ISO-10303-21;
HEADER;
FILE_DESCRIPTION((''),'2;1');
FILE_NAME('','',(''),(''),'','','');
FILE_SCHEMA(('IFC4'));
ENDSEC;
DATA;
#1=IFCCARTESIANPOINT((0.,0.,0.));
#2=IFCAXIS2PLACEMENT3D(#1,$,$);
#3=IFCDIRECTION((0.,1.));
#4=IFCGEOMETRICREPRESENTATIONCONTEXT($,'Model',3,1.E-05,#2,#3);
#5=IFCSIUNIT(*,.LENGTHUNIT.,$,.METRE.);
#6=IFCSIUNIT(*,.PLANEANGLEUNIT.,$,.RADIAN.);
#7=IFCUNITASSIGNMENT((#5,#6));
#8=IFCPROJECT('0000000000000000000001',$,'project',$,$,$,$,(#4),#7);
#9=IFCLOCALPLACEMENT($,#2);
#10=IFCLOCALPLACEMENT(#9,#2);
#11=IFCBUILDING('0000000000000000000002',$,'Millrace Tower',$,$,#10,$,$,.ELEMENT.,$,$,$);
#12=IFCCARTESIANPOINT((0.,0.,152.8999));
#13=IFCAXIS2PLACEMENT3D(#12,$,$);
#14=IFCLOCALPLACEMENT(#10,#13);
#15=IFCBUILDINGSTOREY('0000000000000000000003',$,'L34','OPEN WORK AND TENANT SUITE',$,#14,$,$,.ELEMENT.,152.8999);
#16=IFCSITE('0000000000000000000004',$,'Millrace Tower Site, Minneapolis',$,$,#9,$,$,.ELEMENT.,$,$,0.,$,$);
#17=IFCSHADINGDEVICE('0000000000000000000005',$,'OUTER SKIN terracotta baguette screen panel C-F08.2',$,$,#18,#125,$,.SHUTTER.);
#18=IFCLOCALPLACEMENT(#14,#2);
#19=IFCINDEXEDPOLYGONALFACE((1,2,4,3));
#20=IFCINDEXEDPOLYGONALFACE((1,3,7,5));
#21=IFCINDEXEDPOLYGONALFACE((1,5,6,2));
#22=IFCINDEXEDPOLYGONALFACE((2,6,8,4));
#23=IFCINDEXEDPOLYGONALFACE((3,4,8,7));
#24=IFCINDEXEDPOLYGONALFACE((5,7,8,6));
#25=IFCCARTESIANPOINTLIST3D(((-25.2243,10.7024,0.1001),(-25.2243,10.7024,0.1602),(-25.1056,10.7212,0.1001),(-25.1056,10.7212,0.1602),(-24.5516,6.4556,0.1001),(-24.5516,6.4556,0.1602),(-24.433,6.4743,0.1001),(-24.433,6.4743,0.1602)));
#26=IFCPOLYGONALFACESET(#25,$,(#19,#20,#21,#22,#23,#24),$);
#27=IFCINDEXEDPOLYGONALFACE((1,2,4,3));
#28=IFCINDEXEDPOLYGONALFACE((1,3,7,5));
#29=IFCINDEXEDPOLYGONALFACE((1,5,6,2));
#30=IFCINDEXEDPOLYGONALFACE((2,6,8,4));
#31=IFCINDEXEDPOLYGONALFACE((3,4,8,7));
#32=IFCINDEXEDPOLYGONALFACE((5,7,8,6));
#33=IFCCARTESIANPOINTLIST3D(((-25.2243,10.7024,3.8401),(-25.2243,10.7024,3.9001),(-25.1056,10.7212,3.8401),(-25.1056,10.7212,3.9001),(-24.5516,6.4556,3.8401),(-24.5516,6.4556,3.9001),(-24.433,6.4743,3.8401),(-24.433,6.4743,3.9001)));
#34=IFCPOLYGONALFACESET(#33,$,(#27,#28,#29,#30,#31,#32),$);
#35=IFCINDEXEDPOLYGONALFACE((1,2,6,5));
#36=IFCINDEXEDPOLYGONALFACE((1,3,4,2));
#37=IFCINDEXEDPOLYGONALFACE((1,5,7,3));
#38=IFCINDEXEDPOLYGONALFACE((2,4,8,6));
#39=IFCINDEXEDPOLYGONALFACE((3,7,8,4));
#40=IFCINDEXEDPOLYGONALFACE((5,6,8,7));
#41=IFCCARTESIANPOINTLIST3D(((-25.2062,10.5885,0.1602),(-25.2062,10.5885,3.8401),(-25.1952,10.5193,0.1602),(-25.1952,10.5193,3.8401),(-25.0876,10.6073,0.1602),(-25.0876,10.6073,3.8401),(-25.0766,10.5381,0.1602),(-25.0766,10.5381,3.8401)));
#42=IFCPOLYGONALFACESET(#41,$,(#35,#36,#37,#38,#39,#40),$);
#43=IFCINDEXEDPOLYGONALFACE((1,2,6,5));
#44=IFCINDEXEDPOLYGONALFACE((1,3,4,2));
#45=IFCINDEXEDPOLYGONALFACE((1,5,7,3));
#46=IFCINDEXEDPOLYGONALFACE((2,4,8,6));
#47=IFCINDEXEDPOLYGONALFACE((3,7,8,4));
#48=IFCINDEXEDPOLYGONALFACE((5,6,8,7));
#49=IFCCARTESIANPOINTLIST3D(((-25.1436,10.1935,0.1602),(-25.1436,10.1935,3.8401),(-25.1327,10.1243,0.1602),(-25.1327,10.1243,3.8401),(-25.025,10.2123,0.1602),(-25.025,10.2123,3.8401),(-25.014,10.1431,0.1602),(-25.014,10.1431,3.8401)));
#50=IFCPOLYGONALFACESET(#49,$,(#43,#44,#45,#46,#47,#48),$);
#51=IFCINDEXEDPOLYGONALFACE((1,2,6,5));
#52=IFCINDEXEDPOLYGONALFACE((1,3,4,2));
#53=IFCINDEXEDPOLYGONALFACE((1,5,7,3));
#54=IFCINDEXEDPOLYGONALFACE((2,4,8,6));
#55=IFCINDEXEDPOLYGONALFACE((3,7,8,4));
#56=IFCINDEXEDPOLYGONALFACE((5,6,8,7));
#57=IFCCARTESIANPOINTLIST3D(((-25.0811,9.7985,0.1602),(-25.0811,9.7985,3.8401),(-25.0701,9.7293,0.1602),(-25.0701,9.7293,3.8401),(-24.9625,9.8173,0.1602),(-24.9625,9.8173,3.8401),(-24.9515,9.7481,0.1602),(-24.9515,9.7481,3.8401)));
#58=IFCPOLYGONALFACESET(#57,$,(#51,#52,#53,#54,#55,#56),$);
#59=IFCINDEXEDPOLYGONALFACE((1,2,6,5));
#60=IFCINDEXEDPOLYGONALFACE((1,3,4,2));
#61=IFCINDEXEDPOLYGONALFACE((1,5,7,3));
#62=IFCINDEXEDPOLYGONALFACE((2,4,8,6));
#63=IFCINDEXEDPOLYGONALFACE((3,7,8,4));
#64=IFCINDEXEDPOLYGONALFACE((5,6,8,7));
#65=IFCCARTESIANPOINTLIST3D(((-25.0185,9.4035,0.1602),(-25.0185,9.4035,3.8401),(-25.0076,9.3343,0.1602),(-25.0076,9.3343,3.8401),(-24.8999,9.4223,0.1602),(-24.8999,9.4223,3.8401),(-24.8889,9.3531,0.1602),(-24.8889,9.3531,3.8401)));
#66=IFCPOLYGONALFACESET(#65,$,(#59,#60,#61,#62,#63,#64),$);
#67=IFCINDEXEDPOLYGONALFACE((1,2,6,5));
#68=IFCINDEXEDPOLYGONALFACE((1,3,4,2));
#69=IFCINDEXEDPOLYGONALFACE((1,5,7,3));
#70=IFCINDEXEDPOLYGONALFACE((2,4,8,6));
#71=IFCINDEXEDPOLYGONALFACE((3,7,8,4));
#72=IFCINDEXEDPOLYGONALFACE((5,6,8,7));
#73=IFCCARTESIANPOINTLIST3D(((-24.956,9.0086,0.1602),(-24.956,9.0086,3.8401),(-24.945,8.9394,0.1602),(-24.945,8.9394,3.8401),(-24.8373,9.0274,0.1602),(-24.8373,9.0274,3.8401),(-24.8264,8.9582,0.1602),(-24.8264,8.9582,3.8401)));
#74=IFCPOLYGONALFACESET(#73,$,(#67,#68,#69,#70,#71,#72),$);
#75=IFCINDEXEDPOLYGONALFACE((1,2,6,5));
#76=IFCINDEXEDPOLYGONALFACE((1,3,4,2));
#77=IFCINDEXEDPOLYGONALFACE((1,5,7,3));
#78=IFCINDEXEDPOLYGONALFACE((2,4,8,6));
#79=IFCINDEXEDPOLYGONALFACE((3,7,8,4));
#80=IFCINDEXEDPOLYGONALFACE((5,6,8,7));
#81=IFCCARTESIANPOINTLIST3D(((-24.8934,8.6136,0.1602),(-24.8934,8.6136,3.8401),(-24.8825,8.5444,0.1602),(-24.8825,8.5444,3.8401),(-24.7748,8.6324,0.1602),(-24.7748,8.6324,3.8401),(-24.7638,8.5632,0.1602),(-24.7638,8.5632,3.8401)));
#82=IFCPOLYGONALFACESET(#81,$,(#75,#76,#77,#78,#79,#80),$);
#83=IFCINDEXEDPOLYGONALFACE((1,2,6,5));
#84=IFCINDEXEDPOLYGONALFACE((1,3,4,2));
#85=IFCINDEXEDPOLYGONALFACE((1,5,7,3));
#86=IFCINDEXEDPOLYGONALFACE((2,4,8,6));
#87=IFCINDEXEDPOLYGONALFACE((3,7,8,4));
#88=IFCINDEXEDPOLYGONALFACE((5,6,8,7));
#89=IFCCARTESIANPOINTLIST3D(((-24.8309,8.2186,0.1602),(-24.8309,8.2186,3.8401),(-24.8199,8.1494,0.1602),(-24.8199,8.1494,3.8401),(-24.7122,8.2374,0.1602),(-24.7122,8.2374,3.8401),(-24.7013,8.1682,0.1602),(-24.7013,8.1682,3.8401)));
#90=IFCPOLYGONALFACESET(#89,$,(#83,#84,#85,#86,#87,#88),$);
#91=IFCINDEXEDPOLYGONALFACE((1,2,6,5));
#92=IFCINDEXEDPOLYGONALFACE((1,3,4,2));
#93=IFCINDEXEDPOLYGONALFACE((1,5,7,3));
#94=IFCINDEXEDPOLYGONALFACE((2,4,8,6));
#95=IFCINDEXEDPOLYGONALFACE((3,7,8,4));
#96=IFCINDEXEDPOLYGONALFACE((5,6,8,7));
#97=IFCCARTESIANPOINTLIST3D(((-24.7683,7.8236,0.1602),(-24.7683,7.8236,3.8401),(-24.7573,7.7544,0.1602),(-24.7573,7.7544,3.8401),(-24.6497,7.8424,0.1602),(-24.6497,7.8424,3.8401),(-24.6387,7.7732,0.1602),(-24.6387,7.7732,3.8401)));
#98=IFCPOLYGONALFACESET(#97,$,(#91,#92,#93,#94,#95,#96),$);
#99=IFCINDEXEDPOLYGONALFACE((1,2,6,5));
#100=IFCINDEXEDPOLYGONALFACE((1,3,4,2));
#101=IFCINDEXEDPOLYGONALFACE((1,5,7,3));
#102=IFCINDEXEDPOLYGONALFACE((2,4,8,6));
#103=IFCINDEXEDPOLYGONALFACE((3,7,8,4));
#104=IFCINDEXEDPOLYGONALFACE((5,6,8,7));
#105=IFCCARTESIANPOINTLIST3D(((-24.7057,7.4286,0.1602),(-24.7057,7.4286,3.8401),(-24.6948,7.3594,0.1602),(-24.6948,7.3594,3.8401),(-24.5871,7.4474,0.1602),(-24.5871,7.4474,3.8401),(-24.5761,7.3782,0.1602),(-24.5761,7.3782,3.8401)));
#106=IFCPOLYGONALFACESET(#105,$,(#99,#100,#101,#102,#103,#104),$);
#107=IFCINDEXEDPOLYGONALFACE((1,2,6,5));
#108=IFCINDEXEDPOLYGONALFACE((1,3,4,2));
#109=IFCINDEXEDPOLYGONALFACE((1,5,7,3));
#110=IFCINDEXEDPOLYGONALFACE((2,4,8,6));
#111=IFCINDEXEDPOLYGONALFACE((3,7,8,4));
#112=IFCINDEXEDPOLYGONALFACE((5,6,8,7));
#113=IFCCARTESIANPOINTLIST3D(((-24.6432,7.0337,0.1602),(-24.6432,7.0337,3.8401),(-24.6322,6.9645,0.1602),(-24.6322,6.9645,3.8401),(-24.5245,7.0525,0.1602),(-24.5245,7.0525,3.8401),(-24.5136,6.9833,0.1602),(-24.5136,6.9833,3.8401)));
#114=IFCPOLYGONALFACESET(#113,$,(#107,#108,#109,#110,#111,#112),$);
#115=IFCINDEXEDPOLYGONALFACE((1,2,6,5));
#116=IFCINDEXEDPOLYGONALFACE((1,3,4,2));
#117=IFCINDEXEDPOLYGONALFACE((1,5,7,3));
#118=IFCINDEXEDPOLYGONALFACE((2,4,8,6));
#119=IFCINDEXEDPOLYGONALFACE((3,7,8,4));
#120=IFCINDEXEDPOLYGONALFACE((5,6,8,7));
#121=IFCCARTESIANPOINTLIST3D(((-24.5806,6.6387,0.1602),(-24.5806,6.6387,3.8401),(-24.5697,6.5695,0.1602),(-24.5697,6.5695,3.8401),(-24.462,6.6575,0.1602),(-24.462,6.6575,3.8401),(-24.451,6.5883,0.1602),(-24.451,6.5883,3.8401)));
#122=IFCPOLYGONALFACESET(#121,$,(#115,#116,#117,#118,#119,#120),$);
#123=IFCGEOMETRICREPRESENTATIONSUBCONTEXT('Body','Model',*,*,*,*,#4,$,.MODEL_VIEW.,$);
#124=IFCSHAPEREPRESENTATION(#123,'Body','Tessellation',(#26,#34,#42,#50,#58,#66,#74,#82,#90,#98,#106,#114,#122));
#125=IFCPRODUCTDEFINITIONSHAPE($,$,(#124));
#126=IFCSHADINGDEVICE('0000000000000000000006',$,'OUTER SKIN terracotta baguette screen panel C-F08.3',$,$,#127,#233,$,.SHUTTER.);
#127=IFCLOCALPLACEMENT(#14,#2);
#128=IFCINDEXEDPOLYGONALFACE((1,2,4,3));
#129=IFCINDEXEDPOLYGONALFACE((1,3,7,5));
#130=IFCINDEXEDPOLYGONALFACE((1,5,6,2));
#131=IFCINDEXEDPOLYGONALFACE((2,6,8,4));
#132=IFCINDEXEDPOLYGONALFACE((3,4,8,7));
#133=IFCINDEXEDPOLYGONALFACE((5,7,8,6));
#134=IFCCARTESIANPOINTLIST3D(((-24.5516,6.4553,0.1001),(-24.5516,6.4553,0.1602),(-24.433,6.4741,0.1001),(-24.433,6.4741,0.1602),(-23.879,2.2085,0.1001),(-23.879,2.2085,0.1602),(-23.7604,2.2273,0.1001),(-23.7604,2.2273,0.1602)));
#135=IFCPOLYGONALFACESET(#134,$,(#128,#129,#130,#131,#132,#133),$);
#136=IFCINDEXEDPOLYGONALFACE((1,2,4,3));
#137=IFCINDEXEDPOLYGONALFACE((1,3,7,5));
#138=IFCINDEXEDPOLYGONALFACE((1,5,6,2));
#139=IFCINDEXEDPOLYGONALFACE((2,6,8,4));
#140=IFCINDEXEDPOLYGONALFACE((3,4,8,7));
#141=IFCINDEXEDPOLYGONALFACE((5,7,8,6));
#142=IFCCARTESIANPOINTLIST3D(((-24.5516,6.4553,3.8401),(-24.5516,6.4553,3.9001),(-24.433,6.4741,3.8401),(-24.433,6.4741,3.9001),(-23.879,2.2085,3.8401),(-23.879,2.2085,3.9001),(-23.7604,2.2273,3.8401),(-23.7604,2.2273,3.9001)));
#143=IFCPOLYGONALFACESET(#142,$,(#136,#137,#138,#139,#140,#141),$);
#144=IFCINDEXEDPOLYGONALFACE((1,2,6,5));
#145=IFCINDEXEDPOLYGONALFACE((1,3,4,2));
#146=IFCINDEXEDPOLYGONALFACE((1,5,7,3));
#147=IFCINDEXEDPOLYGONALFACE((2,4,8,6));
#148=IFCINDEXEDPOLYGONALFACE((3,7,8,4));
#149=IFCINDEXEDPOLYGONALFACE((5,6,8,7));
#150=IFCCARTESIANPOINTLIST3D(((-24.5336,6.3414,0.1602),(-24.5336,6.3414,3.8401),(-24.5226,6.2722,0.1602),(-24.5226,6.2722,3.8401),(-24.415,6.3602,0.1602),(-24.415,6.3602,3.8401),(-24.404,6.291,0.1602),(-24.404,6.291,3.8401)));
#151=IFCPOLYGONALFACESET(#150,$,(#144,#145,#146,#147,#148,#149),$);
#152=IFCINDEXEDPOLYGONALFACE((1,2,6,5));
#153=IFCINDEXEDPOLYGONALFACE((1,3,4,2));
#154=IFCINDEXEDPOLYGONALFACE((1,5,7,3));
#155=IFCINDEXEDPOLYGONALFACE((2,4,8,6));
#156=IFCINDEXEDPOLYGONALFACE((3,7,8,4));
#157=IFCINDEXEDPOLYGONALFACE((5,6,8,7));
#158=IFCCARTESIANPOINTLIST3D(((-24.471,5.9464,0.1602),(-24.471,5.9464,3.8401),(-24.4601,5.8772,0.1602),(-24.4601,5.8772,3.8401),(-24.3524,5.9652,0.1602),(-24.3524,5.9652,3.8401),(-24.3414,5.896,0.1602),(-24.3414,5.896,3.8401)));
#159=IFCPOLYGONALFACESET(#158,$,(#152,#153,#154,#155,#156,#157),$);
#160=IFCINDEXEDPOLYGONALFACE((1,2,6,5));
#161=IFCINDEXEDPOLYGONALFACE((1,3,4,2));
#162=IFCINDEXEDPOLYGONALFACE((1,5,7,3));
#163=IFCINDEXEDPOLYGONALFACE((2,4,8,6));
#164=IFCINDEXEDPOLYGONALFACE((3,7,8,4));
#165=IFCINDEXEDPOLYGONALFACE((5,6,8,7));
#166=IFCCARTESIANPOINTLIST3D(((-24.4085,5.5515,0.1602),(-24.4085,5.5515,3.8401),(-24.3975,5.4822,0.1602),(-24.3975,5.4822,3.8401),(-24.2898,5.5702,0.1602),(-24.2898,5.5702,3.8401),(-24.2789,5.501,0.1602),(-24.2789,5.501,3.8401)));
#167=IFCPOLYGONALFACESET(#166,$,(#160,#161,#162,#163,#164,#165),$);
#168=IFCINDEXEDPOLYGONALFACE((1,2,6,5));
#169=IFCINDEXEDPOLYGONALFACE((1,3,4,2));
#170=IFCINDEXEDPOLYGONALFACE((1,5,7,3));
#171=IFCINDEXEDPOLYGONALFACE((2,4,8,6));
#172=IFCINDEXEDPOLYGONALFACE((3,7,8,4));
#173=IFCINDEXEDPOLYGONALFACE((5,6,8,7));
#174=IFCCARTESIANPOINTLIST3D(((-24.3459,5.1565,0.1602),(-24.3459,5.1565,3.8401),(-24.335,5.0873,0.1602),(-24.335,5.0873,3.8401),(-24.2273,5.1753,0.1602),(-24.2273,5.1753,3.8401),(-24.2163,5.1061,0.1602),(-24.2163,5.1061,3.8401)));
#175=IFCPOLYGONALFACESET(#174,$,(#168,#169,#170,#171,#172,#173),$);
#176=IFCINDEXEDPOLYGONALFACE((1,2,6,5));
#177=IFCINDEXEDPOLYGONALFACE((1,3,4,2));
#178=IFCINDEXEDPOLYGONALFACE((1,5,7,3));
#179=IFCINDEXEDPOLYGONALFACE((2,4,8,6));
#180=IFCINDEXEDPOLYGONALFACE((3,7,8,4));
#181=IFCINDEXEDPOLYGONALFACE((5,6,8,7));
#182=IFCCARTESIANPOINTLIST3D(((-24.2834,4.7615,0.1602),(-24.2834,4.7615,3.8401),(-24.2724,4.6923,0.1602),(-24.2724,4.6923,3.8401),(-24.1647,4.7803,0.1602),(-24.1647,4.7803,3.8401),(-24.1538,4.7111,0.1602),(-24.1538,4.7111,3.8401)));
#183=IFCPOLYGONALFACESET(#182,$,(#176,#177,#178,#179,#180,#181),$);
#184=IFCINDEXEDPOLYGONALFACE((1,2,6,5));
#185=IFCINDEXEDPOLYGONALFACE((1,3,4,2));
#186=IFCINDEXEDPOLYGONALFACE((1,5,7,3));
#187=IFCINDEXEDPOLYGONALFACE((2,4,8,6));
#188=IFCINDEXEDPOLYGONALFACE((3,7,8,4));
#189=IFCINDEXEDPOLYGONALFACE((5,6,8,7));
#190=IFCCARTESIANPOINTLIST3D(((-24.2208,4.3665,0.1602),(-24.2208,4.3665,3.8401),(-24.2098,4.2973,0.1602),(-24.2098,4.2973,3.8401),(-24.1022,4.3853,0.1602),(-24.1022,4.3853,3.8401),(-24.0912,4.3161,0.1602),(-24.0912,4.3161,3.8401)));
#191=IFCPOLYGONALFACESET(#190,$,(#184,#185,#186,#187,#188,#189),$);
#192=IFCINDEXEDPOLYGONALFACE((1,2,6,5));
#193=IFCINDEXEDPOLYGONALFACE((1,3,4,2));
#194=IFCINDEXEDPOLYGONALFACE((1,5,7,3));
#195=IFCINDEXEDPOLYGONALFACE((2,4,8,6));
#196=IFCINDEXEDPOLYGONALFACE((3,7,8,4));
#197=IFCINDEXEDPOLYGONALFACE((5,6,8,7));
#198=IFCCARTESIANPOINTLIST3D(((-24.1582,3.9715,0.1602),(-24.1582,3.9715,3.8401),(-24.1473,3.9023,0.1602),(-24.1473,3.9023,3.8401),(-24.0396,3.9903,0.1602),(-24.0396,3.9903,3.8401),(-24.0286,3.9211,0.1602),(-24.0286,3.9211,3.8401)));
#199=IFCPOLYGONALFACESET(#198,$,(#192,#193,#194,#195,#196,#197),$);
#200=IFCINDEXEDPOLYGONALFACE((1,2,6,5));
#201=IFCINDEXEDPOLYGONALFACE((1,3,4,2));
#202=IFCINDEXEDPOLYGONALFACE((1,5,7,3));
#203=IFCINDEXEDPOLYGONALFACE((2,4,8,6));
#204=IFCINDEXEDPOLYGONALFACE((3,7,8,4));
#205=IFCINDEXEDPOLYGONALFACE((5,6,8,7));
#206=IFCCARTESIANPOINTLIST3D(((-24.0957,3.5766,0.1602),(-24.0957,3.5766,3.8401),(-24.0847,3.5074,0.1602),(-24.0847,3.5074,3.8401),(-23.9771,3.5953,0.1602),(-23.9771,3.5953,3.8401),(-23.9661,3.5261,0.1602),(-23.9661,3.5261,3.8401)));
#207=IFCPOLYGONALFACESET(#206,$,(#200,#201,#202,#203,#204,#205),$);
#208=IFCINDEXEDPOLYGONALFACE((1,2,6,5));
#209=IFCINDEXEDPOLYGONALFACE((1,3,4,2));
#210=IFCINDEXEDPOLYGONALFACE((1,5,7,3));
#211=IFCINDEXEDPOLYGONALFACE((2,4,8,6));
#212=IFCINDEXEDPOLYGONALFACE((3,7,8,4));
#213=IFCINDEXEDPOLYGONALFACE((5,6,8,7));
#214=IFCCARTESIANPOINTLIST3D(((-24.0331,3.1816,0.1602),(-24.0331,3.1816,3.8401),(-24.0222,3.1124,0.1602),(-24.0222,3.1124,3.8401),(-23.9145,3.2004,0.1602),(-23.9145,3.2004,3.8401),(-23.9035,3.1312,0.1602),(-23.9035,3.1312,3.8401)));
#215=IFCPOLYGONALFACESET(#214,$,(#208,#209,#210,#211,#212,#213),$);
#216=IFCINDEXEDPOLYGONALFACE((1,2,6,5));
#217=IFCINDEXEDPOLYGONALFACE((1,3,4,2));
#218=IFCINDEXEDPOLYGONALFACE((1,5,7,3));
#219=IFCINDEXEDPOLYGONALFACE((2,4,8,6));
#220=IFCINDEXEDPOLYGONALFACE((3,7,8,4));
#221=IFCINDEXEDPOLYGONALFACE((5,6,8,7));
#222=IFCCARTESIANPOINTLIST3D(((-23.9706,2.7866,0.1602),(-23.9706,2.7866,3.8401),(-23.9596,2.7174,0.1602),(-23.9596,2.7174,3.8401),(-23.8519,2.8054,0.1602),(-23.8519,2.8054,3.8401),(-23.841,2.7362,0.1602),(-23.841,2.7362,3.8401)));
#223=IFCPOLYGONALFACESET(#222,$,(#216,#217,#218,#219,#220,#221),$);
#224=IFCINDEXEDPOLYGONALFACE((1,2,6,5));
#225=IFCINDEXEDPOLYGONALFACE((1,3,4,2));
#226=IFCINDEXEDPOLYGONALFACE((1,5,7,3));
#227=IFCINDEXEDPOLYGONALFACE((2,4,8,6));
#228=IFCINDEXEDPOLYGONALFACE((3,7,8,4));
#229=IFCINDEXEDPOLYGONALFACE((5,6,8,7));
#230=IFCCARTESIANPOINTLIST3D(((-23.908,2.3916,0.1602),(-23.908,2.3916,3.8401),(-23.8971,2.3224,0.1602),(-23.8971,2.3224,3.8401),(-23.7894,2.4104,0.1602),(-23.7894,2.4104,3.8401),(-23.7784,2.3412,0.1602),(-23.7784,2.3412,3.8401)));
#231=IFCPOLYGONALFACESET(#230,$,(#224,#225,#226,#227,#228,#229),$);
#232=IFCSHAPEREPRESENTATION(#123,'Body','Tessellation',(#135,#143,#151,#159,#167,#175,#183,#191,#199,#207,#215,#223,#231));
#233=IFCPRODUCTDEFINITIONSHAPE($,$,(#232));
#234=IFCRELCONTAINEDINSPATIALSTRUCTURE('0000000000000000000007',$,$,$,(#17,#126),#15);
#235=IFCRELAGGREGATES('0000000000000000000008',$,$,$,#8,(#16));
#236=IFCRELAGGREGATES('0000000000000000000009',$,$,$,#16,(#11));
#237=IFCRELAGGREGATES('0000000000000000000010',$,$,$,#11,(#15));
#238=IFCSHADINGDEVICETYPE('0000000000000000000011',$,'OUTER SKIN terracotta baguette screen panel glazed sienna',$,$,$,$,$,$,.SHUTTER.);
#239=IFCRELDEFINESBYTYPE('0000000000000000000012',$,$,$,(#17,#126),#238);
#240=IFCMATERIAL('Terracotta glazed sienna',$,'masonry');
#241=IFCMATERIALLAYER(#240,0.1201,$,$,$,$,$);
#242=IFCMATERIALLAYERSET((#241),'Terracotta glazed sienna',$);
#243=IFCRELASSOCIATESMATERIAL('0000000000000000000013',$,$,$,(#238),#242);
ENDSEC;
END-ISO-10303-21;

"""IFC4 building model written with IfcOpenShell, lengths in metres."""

from ifc_helpers import new_model, entity, si_unit, direction, frame, frame_2d, origin, origin_2d, place, context, subcontext, project, spatial, rectangle, extrude, source, transform, mapped, material, layer, layer_set, type_object, element, save


model = new_model("IFC4")

# Units and contexts
model_context = context("Model", 3, precision=1e-05, world=origin(), true_north=direction((0.0, 1.0)))
body_context = subcontext(model_context, "Body", "Model", "MODEL_VIEW")
ifc_project = project(units=[si_unit("LENGTHUNIT", "METRE"), si_unit("PLANEANGLEUNIT", "RADIAN")], contexts=[model_context])

# Site, building, storey
site_placement = place(None, origin())
site = spatial("IfcSite", under=ifc_project, at=site_placement, Name="Millrace Tower Site, Minneapolis", CompositionType="ELEMENT", RefElevation=0.0)
building_placement = place(site_placement, origin())
building = spatial("IfcBuilding", under=site, at=building_placement, Name="Millrace Tower", CompositionType="ELEMENT")
storey_placement = place(building_placement, frame((0.0, 0.0, 152.8999)))
storey = spatial("IfcBuildingStorey", under=building, at=storey_placement, Name="L34", Description="OPEN WORK AND TENANT SUITE", CompositionType="ELEMENT", Elevation=152.8999)

# Shading devices
ifc_material_1 = material(Name="Terracotta glazed sienna", Category="masonry")
ifc_layer_1 = layer(ifc_material_1, 0.1201)
ifc_layer_set_1 = layer_set([ifc_layer_1], Name="Terracotta glazed sienna")
shading_device_type = type_object("IfcShadingDeviceType", Name="OUTER SKIN terracotta baguette screen panel glazed sienna", PredefinedType="SHUTTER", material=ifc_layer_set_1)
cartesian_point = entity("IfcCartesianPoint", [-2.1499, 0.0601])
shared_polyline = entity("IfcPolyline", [cartesian_point, entity("IfcCartesianPoint", [2.1499, 0.0601]), entity("IfcCartesianPoint", [2.1499, -0.0601]), entity("IfcCartesianPoint", [-2.1499, -0.0601]), cartesian_point])
shared_shape = source(origin(), body_context, "Body", "SweptSolid", [
    entity("IfcExtrudedAreaSolid", entity("IfcArbitraryClosedProfileDef", "AREA", None, shared_polyline), entity("IfcAxis2Placement3D", entity("IfcCartesianPoint", [0.0, 0.0, 0.0])), entity("IfcDirection", [0.0, 0.0, 1.0]), 0.0601),
    entity("IfcExtrudedAreaSolid", entity("IfcArbitraryClosedProfileDef", "AREA", None, shared_polyline), entity("IfcAxis2Placement3D", entity("IfcCartesianPoint", [0.0, 0.0, 3.74])), entity("IfcDirection", [0.0, 0.0, 1.0]), 0.0601),
    extrude(rectangle(XDim=0.0701, YDim=0.1201, at=frame_2d((-1.9995, 0.0))), frame((0.0, 0.0, 0.0601)), (0.0, 0.0, 1.0), 3.6799),
    extrude(rectangle(XDim=0.0701, YDim=0.1201, at=frame_2d((-1.5996, 0.0))), frame((0.0, 0.0, 0.0601)), (0.0, 0.0, 1.0), 3.6799),
    extrude(rectangle(XDim=0.0701, YDim=0.1201, at=frame_2d((-1.1997, 0.0))), frame((0.0, 0.0, 0.0601)), (0.0, 0.0, 1.0), 3.6799),
    extrude(rectangle(XDim=0.0701, YDim=0.1201, at=frame_2d((-0.7998, 0.0))), frame((0.0, 0.0, 0.0601)), (0.0, 0.0, 1.0), 3.6799),
    extrude(rectangle(XDim=0.0701, YDim=0.1201, at=frame_2d((-0.3999, 0.0))), frame((0.0, 0.0, 0.0601)), (0.0, 0.0, 1.0), 3.6799),
    extrude(rectangle(XDim=0.0701, YDim=0.1201, at=origin_2d()), frame((0.0, 0.0, 0.0601)), (0.0, 0.0, 1.0), 3.6799),
    extrude(rectangle(XDim=0.0701, YDim=0.1201, at=frame_2d((0.3999, 0.0))), frame((0.0, 0.0, 0.0601)), (0.0, 0.0, 1.0), 3.6799),
    extrude(rectangle(XDim=0.0701, YDim=0.1201, at=frame_2d((0.7998, 0.0))), frame((0.0, 0.0, 0.0601)), (0.0, 0.0, 1.0), 3.6799),
    extrude(rectangle(XDim=0.0701, YDim=0.1201, at=frame_2d((1.1997, 0.0))), frame((0.0, 0.0, 0.0601)), (0.0, 0.0, 1.0), 3.6799),
    extrude(rectangle(XDim=0.0701, YDim=0.1201, at=frame_2d((1.5996, 0.0))), frame((0.0, 0.0, 0.0601)), (0.0, 0.0, 1.0), 3.6799),
    extrude(rectangle(XDim=0.0701, YDim=0.1201, at=frame_2d((1.9995, 0.0))), frame((0.0, 0.0, 0.0601)), (0.0, 0.0, 1.0), 3.6799),
])
for number, where, z_axis, x_axis, name in (
    (1, (-24.8286, 8.5884, 0.1001), (0.0, 0.0, 1.0), (0.156434, -0.987688, 0.0), "OUTER SKIN terracotta baguette screen panel C-F08.2"),
    (2, (-24.156, 4.3413, 0.1001), (0.0, 0.0, 1.0), (0.156434, -0.987688, 0.0), "OUTER SKIN terracotta baguette screen panel C-F08.3"),
):
    element("IfcShadingDevice", number, at=place(storey_placement, frame(where, z_axis=z_axis, x_axis=x_axis)), inside=storey, type_object=shading_device_type, Name=name, PredefinedType="SHUTTER", context=body_context, shape_type="MappedRepresentation", body=[
        mapped(shared_shape, transform((0.0, 0.0, 0.0), scale=1.0)),
    ])

save(model, "model.ifc")
